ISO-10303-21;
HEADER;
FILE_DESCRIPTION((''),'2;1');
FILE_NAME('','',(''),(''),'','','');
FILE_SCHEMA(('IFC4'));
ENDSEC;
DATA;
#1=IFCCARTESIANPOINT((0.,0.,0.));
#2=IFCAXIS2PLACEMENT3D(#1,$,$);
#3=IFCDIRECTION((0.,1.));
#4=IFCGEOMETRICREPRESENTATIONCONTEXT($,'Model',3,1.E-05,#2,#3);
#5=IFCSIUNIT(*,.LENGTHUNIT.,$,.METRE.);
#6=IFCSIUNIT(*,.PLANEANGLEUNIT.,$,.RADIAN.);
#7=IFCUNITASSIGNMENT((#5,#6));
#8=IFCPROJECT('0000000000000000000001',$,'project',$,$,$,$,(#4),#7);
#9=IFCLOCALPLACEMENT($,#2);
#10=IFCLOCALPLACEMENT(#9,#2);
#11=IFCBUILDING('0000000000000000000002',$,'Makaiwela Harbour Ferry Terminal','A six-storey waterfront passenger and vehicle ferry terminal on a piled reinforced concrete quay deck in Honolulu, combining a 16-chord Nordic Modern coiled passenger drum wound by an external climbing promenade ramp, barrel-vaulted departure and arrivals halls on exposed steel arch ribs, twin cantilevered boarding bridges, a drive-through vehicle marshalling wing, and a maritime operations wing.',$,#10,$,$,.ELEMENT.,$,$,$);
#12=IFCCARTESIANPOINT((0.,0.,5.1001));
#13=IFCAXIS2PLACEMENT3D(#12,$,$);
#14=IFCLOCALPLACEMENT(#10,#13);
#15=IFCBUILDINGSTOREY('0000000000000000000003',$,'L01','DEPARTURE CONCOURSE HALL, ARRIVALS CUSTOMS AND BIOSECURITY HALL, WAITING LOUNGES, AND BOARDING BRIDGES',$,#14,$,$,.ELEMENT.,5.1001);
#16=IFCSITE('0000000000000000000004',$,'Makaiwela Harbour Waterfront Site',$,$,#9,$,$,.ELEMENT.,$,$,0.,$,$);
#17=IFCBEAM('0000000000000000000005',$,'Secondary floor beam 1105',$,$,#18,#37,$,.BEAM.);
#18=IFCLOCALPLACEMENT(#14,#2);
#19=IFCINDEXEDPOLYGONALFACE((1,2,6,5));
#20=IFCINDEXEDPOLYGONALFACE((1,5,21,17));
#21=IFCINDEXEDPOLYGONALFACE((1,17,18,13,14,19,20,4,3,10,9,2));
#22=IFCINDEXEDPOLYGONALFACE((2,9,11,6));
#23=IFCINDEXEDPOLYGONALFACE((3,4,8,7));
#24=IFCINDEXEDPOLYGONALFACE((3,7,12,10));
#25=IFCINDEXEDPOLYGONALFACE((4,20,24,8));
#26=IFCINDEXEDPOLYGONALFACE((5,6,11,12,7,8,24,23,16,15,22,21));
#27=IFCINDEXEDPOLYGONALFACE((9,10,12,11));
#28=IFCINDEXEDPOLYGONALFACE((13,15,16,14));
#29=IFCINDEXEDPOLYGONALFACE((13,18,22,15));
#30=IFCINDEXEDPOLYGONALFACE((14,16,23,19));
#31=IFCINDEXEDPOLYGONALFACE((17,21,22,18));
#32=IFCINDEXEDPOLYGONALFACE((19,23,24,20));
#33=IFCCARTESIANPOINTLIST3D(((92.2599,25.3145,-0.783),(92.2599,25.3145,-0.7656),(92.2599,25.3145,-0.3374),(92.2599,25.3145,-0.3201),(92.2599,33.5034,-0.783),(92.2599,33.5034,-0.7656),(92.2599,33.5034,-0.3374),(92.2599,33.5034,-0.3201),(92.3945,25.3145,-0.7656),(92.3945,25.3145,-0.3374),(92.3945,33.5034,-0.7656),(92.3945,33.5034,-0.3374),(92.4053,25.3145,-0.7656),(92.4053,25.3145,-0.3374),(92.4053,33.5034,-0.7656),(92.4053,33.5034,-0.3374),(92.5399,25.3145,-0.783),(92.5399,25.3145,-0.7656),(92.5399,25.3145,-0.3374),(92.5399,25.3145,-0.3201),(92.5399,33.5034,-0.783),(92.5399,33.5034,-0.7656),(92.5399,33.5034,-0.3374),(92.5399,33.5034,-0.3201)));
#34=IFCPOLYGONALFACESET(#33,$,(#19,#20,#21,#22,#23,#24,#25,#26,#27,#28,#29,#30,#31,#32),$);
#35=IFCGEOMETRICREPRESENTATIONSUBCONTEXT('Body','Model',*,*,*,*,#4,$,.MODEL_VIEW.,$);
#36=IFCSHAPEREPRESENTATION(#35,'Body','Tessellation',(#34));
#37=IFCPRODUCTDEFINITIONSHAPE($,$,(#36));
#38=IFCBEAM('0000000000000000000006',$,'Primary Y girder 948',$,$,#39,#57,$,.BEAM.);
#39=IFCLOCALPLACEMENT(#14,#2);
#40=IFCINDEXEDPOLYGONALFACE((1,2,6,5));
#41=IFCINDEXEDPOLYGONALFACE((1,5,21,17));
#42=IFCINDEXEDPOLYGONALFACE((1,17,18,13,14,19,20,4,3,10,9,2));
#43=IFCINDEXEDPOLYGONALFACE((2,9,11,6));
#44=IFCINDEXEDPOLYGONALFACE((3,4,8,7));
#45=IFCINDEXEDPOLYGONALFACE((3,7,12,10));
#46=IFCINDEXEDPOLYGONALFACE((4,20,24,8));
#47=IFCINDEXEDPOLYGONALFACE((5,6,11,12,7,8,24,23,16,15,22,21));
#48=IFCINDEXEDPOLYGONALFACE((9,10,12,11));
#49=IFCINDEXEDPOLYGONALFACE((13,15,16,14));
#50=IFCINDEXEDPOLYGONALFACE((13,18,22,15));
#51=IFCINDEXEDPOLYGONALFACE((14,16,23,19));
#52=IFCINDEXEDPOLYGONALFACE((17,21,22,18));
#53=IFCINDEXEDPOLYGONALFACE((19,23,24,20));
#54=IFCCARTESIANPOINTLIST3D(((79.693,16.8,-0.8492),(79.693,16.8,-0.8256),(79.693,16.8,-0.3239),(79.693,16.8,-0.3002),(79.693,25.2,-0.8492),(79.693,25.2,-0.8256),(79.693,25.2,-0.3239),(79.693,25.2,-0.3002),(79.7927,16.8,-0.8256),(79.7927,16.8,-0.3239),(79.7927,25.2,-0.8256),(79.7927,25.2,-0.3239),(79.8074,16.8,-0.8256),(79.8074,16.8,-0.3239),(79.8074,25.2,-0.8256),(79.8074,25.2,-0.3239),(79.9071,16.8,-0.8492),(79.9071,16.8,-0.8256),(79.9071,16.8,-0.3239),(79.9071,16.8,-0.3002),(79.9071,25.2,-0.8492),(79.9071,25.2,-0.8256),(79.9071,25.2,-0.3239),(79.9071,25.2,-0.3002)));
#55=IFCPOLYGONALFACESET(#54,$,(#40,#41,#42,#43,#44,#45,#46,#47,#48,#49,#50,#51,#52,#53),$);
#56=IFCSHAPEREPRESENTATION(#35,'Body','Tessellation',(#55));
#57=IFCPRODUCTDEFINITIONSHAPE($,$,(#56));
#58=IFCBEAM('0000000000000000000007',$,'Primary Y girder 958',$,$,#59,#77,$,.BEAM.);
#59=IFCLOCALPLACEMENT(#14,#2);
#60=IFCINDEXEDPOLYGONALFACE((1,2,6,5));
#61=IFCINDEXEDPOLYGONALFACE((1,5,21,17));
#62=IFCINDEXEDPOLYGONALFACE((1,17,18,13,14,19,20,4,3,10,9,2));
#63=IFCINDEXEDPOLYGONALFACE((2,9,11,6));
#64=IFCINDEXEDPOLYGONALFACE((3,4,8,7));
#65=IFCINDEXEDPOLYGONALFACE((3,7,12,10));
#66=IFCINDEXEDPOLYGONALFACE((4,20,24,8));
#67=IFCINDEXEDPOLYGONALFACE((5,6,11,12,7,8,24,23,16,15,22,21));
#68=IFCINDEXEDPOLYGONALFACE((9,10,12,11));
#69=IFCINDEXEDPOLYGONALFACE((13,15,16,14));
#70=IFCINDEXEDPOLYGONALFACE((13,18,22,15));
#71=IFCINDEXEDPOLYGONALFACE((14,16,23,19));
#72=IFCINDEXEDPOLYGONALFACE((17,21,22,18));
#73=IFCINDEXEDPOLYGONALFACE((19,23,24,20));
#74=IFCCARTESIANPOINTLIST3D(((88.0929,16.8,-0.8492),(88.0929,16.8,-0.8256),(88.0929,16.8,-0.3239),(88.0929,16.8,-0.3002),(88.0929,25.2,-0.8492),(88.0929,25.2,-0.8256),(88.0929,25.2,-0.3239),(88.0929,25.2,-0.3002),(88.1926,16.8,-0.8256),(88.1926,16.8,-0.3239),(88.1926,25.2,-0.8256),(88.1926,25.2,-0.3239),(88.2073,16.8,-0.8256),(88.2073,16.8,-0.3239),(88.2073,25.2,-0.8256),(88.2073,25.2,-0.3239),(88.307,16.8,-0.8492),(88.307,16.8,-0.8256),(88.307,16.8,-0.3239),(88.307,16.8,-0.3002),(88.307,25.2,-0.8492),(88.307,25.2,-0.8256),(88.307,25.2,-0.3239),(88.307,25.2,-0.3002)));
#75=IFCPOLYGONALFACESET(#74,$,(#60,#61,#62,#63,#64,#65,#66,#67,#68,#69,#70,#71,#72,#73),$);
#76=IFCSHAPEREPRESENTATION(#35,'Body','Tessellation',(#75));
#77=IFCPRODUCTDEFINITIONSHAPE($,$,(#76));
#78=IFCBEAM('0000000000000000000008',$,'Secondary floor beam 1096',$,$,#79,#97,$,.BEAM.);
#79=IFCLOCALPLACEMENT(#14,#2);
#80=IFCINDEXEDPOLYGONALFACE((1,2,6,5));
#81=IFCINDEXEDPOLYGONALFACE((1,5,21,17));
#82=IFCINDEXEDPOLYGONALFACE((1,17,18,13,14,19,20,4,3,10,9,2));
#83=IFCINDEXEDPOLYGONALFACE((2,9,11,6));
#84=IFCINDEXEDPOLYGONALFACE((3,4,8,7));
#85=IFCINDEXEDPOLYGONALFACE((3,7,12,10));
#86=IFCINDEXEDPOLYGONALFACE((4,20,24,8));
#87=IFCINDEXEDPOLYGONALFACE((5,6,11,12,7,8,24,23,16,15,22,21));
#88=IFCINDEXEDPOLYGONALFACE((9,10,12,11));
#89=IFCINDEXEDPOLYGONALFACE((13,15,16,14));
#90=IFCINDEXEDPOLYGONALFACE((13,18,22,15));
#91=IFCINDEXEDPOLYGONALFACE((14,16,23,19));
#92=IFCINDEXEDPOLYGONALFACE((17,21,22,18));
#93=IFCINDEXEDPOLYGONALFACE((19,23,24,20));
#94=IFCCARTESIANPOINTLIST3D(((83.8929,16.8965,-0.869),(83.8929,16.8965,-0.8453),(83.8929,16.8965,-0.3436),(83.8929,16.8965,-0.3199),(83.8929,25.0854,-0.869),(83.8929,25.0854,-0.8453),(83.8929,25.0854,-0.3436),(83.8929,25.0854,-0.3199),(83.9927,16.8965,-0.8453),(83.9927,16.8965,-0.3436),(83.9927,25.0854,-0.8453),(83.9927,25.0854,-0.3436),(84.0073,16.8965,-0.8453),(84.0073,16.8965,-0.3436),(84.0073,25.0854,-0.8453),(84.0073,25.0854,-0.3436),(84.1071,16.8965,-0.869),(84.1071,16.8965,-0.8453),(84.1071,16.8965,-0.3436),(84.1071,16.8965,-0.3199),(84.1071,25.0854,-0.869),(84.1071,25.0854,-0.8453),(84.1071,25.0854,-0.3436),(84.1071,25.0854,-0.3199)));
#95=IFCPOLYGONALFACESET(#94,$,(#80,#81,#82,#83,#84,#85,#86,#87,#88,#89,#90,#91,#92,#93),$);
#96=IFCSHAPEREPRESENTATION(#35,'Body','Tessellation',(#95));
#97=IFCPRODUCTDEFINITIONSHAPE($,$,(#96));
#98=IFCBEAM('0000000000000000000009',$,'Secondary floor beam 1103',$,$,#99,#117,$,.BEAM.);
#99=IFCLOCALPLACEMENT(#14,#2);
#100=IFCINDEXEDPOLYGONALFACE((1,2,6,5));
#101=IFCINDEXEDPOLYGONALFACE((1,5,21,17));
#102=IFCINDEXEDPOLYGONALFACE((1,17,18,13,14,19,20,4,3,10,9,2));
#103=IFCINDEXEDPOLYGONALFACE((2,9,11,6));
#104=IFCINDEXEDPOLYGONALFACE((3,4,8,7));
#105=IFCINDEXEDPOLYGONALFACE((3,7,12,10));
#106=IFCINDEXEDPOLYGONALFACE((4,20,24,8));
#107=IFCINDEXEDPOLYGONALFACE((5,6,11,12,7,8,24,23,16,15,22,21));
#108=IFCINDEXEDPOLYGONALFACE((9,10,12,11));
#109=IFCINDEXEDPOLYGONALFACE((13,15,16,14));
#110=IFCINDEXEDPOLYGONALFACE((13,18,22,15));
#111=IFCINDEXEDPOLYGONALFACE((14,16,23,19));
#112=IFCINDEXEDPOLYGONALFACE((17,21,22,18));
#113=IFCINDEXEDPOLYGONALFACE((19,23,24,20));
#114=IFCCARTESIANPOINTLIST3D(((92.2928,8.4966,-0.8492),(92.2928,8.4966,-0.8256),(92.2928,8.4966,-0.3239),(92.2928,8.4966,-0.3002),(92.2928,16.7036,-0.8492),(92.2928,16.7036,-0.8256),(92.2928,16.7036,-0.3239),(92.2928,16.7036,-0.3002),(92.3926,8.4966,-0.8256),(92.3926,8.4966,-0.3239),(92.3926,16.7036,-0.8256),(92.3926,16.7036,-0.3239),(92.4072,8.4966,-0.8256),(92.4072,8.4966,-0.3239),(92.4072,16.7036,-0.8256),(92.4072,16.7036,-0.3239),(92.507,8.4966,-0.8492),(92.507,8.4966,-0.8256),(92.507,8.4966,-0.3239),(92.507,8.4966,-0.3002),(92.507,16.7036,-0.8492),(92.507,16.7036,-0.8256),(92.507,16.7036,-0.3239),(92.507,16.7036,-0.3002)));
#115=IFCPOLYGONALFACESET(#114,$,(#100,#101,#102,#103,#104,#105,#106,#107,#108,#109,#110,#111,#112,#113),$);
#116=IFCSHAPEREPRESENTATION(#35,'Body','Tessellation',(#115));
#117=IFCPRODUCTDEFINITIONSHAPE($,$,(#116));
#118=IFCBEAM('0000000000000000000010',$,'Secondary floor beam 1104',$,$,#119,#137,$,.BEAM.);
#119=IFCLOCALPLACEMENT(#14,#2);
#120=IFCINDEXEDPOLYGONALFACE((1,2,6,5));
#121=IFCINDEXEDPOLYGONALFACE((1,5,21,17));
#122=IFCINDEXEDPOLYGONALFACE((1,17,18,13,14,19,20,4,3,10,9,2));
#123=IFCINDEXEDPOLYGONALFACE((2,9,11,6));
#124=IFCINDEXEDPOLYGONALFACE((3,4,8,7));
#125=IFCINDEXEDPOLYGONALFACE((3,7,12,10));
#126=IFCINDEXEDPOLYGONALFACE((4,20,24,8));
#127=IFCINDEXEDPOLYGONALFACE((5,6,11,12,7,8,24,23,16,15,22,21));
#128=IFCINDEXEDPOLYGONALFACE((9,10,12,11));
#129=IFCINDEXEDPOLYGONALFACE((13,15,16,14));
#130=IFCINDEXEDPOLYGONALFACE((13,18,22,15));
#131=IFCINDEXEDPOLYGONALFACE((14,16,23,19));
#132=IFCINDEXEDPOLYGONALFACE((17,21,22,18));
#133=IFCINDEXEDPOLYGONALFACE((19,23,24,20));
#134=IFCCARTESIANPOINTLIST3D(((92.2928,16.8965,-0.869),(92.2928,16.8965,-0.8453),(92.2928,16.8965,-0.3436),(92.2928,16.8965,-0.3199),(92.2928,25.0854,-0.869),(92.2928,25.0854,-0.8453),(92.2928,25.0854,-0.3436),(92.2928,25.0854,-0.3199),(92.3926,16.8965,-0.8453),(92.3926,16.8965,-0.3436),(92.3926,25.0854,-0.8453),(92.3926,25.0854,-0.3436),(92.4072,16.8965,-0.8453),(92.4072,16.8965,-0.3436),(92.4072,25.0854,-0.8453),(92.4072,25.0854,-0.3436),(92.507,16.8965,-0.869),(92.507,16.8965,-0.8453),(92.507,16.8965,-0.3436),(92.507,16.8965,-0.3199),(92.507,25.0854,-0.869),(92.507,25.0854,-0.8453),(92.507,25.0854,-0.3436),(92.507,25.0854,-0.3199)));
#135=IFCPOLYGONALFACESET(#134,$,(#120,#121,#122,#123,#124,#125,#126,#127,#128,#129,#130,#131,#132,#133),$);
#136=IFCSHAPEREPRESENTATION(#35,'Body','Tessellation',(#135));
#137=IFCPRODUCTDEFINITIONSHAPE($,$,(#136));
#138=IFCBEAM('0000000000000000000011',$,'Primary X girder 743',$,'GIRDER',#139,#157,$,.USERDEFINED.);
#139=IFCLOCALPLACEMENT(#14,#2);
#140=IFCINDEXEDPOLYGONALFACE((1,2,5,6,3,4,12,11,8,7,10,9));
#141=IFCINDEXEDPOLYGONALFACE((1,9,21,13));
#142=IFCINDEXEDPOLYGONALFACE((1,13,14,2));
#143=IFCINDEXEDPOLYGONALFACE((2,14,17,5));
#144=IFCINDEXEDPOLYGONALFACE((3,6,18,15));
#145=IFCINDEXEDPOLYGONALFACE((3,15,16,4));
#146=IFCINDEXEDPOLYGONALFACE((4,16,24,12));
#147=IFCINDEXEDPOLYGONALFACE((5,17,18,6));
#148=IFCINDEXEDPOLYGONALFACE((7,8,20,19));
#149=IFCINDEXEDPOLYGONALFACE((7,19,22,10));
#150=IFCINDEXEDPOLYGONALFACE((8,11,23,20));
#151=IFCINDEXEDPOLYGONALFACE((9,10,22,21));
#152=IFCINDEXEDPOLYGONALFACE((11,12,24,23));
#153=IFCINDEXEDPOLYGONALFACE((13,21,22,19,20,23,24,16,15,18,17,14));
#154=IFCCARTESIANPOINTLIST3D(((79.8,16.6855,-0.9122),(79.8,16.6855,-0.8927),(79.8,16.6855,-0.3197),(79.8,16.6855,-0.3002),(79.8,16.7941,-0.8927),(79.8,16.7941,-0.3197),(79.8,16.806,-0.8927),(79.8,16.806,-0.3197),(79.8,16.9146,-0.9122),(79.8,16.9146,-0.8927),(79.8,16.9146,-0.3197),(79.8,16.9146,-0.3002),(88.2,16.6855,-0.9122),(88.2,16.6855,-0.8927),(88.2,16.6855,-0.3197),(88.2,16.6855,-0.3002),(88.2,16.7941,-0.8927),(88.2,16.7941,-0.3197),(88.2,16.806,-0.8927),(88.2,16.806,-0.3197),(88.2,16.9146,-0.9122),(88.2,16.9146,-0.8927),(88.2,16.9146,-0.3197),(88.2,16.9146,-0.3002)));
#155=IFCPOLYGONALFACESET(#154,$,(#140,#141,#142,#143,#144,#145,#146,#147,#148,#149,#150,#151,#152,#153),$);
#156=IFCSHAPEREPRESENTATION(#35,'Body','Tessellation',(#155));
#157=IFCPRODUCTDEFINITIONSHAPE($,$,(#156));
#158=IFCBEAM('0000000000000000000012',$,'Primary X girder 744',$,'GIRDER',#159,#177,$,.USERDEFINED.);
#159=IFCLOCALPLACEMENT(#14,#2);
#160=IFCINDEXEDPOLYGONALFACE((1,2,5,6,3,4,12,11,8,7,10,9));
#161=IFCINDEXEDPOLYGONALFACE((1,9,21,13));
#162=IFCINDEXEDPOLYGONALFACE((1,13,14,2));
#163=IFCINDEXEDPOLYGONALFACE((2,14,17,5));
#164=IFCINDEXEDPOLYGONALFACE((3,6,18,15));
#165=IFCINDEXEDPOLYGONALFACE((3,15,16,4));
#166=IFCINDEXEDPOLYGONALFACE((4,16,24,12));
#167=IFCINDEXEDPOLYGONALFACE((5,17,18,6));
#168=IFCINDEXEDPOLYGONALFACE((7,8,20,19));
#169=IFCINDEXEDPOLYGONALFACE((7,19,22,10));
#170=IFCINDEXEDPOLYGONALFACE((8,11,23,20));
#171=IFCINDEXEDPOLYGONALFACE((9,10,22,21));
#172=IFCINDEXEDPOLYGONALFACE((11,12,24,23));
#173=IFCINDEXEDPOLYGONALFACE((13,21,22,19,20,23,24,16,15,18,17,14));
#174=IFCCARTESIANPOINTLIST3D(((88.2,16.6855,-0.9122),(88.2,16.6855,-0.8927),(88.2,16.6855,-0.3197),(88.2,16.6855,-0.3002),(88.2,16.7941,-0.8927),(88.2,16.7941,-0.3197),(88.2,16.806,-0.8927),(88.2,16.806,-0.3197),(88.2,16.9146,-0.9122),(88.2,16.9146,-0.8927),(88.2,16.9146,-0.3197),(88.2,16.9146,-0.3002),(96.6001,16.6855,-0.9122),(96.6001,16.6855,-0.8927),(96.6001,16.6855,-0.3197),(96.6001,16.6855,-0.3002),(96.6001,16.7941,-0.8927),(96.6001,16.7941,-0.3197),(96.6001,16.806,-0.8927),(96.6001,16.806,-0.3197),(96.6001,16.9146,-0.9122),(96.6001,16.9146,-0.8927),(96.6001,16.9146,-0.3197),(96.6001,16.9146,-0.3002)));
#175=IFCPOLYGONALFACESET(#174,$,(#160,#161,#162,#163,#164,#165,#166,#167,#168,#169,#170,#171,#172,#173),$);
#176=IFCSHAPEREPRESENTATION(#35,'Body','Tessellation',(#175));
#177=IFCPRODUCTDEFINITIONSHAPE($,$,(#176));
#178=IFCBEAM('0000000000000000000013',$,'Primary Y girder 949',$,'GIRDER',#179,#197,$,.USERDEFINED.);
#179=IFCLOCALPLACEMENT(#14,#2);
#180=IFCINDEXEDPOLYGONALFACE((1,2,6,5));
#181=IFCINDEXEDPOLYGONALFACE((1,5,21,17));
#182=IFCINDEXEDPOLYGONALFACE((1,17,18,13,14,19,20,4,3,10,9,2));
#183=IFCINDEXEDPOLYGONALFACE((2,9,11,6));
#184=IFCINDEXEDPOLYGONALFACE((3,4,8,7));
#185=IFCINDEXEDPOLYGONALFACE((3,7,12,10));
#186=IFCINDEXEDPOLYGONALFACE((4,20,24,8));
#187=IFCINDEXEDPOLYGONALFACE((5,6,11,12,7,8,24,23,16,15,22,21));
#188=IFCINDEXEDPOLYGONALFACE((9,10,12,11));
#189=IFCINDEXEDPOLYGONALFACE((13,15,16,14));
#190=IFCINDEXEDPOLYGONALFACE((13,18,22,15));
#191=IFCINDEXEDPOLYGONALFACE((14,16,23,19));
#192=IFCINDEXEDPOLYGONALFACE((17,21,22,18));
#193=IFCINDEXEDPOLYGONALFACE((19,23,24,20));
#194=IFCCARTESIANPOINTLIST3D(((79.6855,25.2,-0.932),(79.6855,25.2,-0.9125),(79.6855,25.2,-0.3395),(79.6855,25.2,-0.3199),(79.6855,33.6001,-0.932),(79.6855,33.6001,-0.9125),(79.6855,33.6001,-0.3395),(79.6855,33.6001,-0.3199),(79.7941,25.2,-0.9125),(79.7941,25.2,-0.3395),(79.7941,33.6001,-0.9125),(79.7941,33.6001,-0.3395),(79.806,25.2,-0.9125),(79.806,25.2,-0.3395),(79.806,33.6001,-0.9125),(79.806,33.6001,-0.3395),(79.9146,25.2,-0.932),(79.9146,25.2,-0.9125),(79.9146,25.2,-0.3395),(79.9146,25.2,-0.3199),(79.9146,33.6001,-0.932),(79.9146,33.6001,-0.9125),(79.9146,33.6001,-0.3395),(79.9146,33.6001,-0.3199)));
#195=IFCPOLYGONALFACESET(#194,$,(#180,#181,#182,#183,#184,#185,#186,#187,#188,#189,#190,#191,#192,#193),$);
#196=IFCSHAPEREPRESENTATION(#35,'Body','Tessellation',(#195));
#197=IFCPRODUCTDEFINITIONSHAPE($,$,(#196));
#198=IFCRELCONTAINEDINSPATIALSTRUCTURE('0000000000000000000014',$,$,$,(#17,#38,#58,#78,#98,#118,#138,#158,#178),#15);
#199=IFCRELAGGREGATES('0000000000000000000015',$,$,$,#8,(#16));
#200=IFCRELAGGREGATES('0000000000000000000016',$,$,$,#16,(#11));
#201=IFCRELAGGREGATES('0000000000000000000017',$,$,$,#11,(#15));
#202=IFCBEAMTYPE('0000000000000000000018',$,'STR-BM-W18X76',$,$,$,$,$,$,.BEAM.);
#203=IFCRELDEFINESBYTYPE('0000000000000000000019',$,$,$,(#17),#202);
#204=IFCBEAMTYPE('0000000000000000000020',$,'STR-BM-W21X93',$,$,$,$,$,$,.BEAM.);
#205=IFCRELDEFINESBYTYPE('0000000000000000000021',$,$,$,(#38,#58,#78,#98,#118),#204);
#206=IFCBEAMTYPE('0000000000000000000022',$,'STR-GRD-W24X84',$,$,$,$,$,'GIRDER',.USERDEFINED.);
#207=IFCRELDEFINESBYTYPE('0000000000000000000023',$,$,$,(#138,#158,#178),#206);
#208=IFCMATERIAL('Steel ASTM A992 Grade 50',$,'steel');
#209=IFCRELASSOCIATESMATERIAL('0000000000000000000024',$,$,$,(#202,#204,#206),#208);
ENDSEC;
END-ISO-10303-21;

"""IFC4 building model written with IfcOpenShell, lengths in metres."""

from ifc_helpers import new_model, si_unit, direction, frame, origin, origin_2d, place, context, subcontext, project, spatial, i_section, extrude, material, material_profile, profile_set, type_object, element, save


model = new_model("IFC4")

# Units and contexts
model_context = context("Model", 3, precision=1e-05, world=origin(), true_north=direction((0.0, 1.0)))
body_context = subcontext(model_context, "Body", "Model", "MODEL_VIEW")
ifc_project = project(units=[si_unit("LENGTHUNIT", "METRE"), si_unit("PLANEANGLEUNIT", "RADIAN")], contexts=[model_context])

# Site, building, storey
site_placement = place(None, origin())
site = spatial("IfcSite", under=ifc_project, at=site_placement, Name="Makaiwela Harbour Waterfront Site", CompositionType="ELEMENT", RefElevation=0.0)
building_placement = place(site_placement, origin())
building = spatial("IfcBuilding", under=site, at=building_placement, Name="Makaiwela Harbour Ferry Terminal", Description="A six-storey waterfront passenger and vehicle ferry terminal on a piled reinforced concrete quay deck in Honolulu, combining a 16-chord Nordic Modern coiled passenger drum wound by an external climbing promenade ramp, barrel-vaulted departure and arrivals halls on exposed steel arch ribs, twin cantilevered boarding bridges, a drive-through vehicle marshalling wing, and a maritime operations wing.", CompositionType="ELEMENT")
storey_placement = place(building_placement, frame((0.0, 0.0, 5.1001)))
storey = spatial("IfcBuildingStorey", under=building, at=storey_placement, Name="L01", Description="DEPARTURE CONCOURSE HALL, ARRIVALS CUSTOMS AND BIOSECURITY HALL, WAITING LOUNGES, AND BOARDING BRIDGES", CompositionType="ELEMENT", Elevation=5.1001)

# Shared definitions
ifc_material_1 = material(Name="Steel ASTM A992 Grade 50", Category="steel")

# Beams
ifc_material_profile_1 = material_profile(ifc_material_1, i_section(OverallWidth=0.28, OverallDepth=0.4629, WebThickness=0.0107, FlangeThickness=0.0173, at=origin_2d()), Name="W18X76")
ifc_profile_set_1 = profile_set([ifc_material_profile_1], Name="Steel ASTM A992 Grade 50")
beam_type_1 = type_object("IfcBeamType", Name="STR-BM-W18X76", PredefinedType="BEAM", material=ifc_profile_set_1)
for number, where, z_axis, x_axis, name in (
    (1, (92.3999, 25.3145, -0.5515), (0.0, 1.0, 0.0), (-1.0, 0.0, 0.0), "Secondary floor beam 1105"),
):
    element("IfcBeam", number, at=place(storey_placement, frame(where, z_axis=z_axis, x_axis=x_axis)), inside=storey, type_object=beam_type_1, Name=name, PredefinedType="BEAM", context=body_context, shape_type="SweptSolid", body=[
        extrude(i_section(OverallWidth=0.28, OverallDepth=0.4629, WebThickness=0.0107, FlangeThickness=0.0173, at=origin_2d()), origin(), (0.0, 0.0, 1.0), 8.189),
    ])
ifc_material_profile_2 = material_profile(ifc_material_1, i_section(OverallWidth=0.2141, OverallDepth=0.5491, WebThickness=0.0146, FlangeThickness=0.0237, at=origin_2d()), Name="W21X93")
ifc_profile_set_2 = profile_set([ifc_material_profile_2], Name="Steel ASTM A992 Grade 50")
beam_type_2 = type_object("IfcBeamType", Name="STR-BM-W21X93", PredefinedType="BEAM", material=ifc_profile_set_2)
for number, where, z_axis, x_axis, name in (
    (2, (79.8, 16.8, -0.5747), (0.0, 1.0, 0.0), (-1.0, 0.0, 0.0), "Primary Y girder 948"),
    (3, (88.2, 16.8, -0.5747), (0.0, 1.0, 0.0), (-1.0, 0.0, 0.0), "Primary Y girder 958"),
):
    element("IfcBeam", number, at=place(storey_placement, frame(where, z_axis=z_axis, x_axis=x_axis)), inside=storey, type_object=beam_type_2, Name=name, PredefinedType="BEAM", context=body_context, shape_type="SweptSolid", body=[
        extrude(i_section(OverallWidth=0.2141, OverallDepth=0.5491, WebThickness=0.0146, FlangeThickness=0.0237, at=origin_2d()), origin(), (0.0, 0.0, 1.0), 8.3999),
    ])
beam_1_placement = place(storey_placement, frame((84.0, 16.8965, -0.5945), z_axis=(0.0, 1.0, 0.0), x_axis=(-1.0, 0.0, 0.0)))
element("IfcBeam", 4, at=beam_1_placement, inside=storey, type_object=beam_type_2, Name="Secondary floor beam 1096", PredefinedType="BEAM", context=body_context, shape_type="SweptSolid", body=[
    extrude(i_section(OverallWidth=0.2141, OverallDepth=0.5491, WebThickness=0.0146, FlangeThickness=0.0237, at=origin_2d()), origin(), (0.0, 0.0, 1.0), 8.189),
])
beam_2_placement = place(storey_placement, frame((92.3999, 8.4966, -0.5747), z_axis=(0.0, 1.0, 0.0), x_axis=(-1.0, 0.0, 0.0)))
element("IfcBeam", 5, at=beam_2_placement, inside=storey, type_object=beam_type_2, Name="Secondary floor beam 1103", PredefinedType="BEAM", context=body_context, shape_type="SweptSolid", body=[
    extrude(i_section(OverallWidth=0.2141, OverallDepth=0.5491, WebThickness=0.0146, FlangeThickness=0.0237, at=origin_2d()), origin(), (0.0, 0.0, 1.0), 8.207),
])
beam_3_placement = place(storey_placement, frame((92.3999, 16.8965, -0.5945), z_axis=(0.0, 1.0, 0.0), x_axis=(-1.0, 0.0, 0.0)))
element("IfcBeam", 6, at=beam_3_placement, inside=storey, type_object=beam_type_2, Name="Secondary floor beam 1104", PredefinedType="BEAM", context=body_context, shape_type="SweptSolid", body=[
    extrude(i_section(OverallWidth=0.2141, OverallDepth=0.5491, WebThickness=0.0146, FlangeThickness=0.0237, at=origin_2d()), origin(), (0.0, 0.0, 1.0), 8.189),
])
ifc_material_profile_3 = material_profile(ifc_material_1, i_section(OverallWidth=0.229, OverallDepth=0.6121, WebThickness=0.012, FlangeThickness=0.0195, at=origin_2d()), Name="W24X84")
ifc_profile_set_3 = profile_set([ifc_material_profile_3], Name="Steel ASTM A992 Grade 50")
beam_type_3 = type_object("IfcBeamType", Name="STR-GRD-W24X84", ElementType="GIRDER", PredefinedType="USERDEFINED", material=ifc_profile_set_3)
beam_4_placement = place(storey_placement, frame((79.8, 16.8, -0.6062), z_axis=(1.0, 0.0, 0.0), x_axis=(0.0, 1.0, 0.0)))
element("IfcBeam", 7, at=beam_4_placement, inside=storey, type_object=beam_type_3, Name="Primary X girder 743", ObjectType="GIRDER", PredefinedType="USERDEFINED", context=body_context, shape_type="SweptSolid", body=[
    extrude(i_section(OverallWidth=0.229, OverallDepth=0.6121, WebThickness=0.012, FlangeThickness=0.0195, at=origin_2d()), origin(), (0.0, 0.0, 1.0), 8.3999),
])
for number, where, z_axis, x_axis, name in (
    (8, (88.2, 16.8, -0.6062), (1.0, 0.0, 0.0), (0.0, 1.0, 0.0), "Primary X girder 744"),
    (9, (79.8, 25.2, -0.626), (0.0, 1.0, 0.0), (-1.0, 0.0, 0.0), "Primary Y girder 949"),
):
    element("IfcBeam", number, at=place(storey_placement, frame(where, z_axis=z_axis, x_axis=x_axis)), inside=storey, type_object=beam_type_3, Name=name, ObjectType="GIRDER", PredefinedType="USERDEFINED", context=body_context, shape_type="SweptSolid", body=[
        extrude(i_section(OverallWidth=0.229, OverallDepth=0.6121, WebThickness=0.012, FlangeThickness=0.0195, at=origin_2d()), origin(), (0.0, 0.0, 1.0), 8.4001),
    ])

save(model, "model.ifc")
